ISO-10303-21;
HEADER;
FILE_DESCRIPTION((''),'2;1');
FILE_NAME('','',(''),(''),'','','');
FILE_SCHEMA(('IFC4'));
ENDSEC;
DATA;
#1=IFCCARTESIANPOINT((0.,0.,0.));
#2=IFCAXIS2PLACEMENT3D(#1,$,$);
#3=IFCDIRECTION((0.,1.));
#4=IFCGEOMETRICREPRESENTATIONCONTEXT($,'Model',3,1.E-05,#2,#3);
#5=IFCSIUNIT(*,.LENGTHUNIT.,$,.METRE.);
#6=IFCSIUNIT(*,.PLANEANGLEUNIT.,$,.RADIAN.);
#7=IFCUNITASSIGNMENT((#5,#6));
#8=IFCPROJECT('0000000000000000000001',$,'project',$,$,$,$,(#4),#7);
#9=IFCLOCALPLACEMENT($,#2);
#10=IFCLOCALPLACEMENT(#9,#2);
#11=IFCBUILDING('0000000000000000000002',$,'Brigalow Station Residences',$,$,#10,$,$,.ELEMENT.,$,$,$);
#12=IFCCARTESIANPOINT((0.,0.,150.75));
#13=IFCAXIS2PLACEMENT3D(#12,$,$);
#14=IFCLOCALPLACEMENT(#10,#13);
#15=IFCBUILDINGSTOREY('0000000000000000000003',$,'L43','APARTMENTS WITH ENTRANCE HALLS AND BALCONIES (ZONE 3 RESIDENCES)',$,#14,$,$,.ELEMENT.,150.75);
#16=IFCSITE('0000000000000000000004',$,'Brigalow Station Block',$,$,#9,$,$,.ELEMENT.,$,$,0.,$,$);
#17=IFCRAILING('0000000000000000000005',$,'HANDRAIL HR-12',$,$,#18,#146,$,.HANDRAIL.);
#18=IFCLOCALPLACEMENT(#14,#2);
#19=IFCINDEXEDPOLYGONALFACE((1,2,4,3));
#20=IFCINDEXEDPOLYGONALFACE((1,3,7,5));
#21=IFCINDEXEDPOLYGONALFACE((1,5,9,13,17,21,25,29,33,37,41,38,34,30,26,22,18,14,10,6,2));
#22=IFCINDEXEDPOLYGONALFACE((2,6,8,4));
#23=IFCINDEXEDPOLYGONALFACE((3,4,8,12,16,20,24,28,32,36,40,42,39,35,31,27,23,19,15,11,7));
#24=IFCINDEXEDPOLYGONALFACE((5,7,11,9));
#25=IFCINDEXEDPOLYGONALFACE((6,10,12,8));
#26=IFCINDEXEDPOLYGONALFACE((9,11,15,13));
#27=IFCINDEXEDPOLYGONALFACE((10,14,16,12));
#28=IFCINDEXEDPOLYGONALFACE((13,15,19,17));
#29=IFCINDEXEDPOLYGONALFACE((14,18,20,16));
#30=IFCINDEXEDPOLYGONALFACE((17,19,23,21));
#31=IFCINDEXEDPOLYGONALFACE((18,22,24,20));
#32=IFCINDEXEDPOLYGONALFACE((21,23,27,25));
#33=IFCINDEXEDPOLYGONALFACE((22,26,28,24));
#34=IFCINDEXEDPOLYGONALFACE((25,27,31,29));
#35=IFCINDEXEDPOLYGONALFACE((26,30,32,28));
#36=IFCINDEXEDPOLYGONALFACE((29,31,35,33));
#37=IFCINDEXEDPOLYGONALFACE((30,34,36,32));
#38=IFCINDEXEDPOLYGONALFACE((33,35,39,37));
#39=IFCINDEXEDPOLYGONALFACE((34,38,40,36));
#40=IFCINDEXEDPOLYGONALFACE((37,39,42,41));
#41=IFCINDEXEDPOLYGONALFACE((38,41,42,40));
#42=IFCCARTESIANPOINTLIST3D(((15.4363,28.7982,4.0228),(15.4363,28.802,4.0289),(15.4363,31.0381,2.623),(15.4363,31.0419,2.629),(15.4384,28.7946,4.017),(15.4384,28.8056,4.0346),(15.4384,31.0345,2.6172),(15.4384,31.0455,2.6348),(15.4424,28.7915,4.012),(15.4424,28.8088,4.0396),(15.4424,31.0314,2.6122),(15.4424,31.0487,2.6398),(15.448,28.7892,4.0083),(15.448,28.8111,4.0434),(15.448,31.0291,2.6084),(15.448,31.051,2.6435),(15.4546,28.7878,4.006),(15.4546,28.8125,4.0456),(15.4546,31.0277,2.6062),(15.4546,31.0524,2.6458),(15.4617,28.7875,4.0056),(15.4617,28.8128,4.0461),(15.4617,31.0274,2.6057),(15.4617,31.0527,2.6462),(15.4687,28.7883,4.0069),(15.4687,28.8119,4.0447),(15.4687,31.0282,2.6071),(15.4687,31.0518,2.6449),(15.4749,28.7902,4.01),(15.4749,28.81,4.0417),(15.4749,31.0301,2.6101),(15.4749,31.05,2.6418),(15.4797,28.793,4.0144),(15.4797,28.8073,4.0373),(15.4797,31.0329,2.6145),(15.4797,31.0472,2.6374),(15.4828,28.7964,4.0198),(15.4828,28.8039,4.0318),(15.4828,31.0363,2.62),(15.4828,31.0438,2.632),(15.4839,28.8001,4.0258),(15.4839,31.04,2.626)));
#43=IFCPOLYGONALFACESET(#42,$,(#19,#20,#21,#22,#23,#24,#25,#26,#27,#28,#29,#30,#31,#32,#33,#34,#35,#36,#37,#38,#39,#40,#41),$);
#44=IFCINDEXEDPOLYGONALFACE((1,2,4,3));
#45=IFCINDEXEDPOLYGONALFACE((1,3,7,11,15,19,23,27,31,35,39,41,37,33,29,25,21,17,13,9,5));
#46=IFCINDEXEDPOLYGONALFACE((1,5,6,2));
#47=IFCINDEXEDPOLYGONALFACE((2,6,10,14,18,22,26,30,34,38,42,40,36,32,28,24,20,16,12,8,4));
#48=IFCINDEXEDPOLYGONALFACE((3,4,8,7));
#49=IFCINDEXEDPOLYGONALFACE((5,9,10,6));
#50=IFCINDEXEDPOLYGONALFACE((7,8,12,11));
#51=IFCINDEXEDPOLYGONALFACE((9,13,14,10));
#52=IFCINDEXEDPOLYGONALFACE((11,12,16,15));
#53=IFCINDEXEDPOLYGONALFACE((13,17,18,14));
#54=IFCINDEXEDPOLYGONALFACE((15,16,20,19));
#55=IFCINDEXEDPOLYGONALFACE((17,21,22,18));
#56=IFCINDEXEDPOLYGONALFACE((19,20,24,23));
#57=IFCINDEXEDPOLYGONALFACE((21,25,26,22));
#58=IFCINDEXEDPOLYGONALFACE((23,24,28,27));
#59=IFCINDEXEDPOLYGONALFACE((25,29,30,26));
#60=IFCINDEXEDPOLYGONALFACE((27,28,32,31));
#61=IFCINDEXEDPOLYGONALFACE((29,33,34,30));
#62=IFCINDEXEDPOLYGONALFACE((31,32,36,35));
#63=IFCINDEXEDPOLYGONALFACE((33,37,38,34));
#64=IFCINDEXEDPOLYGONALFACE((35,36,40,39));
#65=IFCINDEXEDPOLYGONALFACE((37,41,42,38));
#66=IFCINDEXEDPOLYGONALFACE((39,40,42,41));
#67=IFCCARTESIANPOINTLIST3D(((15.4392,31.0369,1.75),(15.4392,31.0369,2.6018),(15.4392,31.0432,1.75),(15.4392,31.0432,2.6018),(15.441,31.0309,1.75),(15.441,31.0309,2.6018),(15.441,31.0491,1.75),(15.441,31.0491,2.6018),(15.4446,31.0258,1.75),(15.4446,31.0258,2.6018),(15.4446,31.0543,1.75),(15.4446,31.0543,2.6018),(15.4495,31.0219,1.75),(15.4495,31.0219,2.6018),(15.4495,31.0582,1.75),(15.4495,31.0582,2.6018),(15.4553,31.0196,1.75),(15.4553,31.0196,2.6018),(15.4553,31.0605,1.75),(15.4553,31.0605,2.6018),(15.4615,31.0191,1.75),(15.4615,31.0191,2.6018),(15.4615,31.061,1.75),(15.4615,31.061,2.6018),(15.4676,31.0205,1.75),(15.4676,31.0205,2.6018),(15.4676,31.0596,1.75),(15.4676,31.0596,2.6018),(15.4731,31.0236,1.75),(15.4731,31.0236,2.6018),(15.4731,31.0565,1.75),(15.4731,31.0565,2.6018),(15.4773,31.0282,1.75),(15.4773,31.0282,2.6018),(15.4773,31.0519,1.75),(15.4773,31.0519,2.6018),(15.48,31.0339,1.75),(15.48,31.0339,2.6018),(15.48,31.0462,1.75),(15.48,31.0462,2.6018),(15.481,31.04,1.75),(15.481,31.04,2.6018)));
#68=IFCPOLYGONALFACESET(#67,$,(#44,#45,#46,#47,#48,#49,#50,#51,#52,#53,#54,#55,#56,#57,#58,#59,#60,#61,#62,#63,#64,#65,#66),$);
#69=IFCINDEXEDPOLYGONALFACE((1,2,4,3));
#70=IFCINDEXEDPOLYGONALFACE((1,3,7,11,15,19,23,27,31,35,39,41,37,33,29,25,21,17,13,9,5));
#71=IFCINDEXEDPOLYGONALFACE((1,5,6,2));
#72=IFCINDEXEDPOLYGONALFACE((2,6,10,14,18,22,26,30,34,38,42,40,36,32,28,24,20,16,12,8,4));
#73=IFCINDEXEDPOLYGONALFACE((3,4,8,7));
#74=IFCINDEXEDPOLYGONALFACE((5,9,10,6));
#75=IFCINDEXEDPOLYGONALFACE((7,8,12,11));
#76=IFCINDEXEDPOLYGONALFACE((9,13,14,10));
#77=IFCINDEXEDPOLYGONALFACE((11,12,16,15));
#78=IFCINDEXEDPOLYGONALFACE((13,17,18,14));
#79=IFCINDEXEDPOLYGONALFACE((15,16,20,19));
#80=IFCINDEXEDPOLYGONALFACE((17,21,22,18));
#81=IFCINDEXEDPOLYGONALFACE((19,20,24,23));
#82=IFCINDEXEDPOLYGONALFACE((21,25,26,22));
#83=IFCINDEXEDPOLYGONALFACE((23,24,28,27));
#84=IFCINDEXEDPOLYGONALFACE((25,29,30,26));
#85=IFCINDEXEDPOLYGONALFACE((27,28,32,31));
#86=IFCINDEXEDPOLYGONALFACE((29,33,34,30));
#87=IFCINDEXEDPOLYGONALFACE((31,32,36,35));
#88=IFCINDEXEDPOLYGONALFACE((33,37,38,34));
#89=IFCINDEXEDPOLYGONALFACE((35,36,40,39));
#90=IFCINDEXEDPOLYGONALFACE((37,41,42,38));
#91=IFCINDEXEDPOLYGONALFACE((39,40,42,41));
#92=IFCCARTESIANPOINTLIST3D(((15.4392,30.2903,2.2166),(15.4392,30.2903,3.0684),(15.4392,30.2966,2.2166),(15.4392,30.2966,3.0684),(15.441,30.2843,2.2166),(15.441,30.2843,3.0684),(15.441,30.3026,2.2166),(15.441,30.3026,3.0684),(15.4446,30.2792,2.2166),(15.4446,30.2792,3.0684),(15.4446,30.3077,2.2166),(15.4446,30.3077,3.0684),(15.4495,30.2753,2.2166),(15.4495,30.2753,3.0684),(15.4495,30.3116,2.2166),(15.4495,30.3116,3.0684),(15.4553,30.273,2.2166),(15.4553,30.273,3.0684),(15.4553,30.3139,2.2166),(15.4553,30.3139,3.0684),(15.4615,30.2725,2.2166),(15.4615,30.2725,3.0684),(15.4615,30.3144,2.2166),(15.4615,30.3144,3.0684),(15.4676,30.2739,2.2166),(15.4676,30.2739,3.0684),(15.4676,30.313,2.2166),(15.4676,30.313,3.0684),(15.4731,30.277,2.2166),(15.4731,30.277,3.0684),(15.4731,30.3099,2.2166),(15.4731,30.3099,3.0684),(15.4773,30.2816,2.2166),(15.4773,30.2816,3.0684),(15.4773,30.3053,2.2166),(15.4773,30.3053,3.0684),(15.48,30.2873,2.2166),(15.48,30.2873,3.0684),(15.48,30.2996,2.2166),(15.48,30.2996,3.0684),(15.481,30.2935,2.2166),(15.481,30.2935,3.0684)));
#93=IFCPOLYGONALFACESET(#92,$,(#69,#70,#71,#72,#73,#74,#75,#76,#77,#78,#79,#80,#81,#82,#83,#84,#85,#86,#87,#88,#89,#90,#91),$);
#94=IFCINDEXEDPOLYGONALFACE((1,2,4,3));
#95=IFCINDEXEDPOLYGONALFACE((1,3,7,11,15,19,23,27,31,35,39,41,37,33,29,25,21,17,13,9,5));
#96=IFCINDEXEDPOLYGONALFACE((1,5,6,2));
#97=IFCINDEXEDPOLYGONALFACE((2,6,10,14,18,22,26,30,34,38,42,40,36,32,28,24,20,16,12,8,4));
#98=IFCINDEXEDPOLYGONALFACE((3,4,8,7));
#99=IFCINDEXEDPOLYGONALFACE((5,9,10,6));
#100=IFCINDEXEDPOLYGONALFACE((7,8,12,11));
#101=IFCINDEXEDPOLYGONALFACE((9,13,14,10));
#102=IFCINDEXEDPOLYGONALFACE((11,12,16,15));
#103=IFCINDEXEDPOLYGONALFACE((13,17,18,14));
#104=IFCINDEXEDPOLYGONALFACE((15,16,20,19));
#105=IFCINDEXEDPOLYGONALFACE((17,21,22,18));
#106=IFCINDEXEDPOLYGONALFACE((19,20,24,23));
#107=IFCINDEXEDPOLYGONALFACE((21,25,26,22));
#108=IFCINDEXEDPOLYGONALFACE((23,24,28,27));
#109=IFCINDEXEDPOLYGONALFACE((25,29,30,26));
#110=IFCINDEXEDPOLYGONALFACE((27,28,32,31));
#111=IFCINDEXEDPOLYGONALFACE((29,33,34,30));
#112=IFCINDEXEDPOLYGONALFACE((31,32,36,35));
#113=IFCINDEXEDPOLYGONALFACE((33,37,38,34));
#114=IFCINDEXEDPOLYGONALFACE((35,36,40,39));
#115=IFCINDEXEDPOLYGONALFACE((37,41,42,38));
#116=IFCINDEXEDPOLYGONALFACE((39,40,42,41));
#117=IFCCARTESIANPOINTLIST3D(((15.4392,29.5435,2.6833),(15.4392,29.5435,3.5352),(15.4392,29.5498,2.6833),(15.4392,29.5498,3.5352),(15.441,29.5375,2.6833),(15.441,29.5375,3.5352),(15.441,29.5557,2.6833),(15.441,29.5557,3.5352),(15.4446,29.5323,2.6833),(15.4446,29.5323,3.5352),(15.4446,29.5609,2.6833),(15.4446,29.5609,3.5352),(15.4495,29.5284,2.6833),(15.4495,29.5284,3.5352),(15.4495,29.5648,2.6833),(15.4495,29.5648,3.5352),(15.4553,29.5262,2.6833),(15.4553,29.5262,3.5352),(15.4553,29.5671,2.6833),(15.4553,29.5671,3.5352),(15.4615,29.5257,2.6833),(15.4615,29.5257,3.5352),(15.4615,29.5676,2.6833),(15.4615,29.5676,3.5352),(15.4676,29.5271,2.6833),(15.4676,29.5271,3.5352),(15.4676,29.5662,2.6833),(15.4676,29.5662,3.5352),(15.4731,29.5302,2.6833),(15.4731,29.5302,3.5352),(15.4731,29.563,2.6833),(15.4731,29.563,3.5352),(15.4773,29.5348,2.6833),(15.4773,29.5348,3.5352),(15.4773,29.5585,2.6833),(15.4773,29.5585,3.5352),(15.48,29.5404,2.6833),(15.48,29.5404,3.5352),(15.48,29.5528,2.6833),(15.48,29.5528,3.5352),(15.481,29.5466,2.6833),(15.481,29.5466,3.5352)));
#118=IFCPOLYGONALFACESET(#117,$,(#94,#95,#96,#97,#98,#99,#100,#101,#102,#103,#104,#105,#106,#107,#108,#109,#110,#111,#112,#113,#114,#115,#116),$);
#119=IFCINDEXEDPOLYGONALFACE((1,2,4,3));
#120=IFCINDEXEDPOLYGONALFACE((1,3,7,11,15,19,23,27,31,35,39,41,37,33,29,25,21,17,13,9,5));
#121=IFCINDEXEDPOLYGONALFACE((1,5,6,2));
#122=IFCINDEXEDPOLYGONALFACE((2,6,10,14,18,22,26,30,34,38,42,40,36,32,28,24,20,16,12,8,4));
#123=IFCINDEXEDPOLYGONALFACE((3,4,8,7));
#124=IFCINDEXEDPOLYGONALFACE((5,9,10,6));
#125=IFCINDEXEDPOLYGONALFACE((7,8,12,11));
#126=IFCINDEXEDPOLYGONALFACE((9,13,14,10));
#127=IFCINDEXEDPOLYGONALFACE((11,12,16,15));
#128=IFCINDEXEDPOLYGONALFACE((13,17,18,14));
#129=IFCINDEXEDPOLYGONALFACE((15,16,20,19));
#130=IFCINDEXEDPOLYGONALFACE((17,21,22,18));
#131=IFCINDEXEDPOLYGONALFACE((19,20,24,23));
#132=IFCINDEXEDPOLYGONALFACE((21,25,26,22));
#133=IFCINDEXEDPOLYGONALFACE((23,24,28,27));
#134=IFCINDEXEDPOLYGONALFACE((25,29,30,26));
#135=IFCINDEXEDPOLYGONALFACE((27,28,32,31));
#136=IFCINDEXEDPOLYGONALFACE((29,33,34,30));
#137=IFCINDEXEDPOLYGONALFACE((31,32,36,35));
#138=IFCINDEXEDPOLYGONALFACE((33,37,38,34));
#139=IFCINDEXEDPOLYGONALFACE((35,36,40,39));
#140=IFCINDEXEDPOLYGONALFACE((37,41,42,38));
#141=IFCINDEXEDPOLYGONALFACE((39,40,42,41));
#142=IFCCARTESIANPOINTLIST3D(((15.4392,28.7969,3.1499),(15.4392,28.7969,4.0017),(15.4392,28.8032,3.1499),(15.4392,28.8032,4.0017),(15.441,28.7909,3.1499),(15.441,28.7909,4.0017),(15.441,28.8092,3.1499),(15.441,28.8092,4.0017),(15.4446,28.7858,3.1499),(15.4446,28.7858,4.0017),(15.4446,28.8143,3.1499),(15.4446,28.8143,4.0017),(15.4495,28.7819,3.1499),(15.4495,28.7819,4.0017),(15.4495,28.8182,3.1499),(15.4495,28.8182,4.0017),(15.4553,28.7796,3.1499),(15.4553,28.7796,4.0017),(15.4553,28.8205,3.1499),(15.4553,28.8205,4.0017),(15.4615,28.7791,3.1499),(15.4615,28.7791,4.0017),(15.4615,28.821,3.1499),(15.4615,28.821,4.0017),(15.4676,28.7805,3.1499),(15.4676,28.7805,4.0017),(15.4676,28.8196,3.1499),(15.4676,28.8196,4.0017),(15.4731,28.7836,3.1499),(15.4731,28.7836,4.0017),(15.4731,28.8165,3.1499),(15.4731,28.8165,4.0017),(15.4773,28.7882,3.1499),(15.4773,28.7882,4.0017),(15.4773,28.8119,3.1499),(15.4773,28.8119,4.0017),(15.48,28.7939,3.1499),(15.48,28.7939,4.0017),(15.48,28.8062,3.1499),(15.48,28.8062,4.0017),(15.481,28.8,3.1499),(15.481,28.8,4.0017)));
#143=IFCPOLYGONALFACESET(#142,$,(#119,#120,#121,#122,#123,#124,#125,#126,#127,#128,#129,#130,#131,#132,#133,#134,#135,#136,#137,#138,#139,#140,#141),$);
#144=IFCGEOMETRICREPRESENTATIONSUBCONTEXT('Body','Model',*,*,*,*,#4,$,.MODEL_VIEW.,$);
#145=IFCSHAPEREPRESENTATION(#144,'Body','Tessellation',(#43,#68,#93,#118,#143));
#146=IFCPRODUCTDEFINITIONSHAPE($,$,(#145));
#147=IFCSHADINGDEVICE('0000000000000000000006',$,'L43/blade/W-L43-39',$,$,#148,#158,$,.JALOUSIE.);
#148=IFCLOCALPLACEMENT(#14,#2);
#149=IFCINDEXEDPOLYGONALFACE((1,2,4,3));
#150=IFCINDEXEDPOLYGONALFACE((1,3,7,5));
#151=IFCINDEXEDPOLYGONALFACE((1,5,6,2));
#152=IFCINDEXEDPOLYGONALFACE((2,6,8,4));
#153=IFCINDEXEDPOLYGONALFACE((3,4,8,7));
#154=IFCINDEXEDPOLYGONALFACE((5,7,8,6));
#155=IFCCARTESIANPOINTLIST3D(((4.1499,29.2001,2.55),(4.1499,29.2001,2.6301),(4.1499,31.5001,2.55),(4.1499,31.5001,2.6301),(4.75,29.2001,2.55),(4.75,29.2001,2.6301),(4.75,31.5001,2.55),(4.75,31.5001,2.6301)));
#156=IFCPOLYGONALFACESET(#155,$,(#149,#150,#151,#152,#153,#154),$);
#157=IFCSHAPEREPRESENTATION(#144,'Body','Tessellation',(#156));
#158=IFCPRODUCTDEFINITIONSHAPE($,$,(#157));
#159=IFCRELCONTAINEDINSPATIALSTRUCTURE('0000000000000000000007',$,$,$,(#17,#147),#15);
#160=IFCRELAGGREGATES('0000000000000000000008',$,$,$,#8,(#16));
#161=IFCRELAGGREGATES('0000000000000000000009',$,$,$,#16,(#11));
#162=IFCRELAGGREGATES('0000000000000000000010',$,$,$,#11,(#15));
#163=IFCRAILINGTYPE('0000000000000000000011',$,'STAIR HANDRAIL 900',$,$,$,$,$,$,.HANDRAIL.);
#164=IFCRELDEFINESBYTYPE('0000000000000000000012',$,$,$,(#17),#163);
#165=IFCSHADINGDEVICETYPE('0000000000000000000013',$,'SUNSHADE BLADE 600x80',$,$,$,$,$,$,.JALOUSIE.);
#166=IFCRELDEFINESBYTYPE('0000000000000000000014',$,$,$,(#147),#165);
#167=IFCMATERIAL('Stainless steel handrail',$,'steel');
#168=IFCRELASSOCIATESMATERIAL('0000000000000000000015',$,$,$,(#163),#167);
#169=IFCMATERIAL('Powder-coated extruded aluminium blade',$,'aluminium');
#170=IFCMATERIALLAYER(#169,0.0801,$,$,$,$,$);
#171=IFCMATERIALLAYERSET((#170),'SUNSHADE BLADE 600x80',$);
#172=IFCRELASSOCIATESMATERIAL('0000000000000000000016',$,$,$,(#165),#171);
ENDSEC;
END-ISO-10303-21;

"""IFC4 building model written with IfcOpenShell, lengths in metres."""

from ifc_helpers import new_model, si_unit, direction, frame, origin, origin_2d, place, context, subcontext, project, spatial, rectangle, circle, extrude, material, layer, layer_set, type_object, element, save


model = new_model("IFC4")

# Units and contexts
model_context = context("Model", 3, precision=1e-05, world=origin(), true_north=direction((0.0, 1.0)))
body_context = subcontext(model_context, "Body", "Model", "MODEL_VIEW")
ifc_project = project(units=[si_unit("LENGTHUNIT", "METRE"), si_unit("PLANEANGLEUNIT", "RADIAN")], contexts=[model_context])

# Site, building, storey
site_placement = place(None, origin())
site = spatial("IfcSite", under=ifc_project, at=site_placement, Name="Brigalow Station Block", CompositionType="ELEMENT", RefElevation=0.0)
building_placement = place(site_placement, origin())
building = spatial("IfcBuilding", under=site, at=building_placement, Name="Brigalow Station Residences", CompositionType="ELEMENT")
storey_placement = place(building_placement, frame((0.0, 0.0, 150.75)))
storey = spatial("IfcBuildingStorey", under=building, at=storey_placement, Name="L43", Description="APARTMENTS WITH ENTRANCE HALLS AND BALCONIES (ZONE 3 RESIDENCES)", CompositionType="ELEMENT", Elevation=150.75)

# Railing
ifc_material_1 = material(Name="Stainless steel handrail", Category="steel")
railing_type_1 = type_object("IfcRailingType", Name="STAIR HANDRAIL 900", PredefinedType="HANDRAIL", material=ifc_material_1)
railing_1_placement = place(storey_placement, frame((15.46, 31.04, 1.75)))
element("IfcRailing", 1, at=railing_1_placement, inside=storey, type_object=railing_type_1, Name="HANDRAIL HR-12", PredefinedType="HANDRAIL", context=body_context, shape_type="SweptSolid", body=[
    extrude(circle(Radius=0.0239, at=origin_2d()), frame((0.0, 0.0, 0.876), z_axis=(0.0, -0.848014, 0.529974), x_axis=(1.0, 0.0, 0.0)), (0.0, 0.0, 1.0), 2.6414),
    extrude(circle(Radius=0.021, at=origin_2d()), origin(), (0.0, 0.0, 1.0), 0.8518),
    extrude(circle(Radius=0.021, at=origin_2d()), frame((0.0, -0.7466, 0.4666)), (0.0, 0.0, 1.0), 0.8518),
    extrude(circle(Radius=0.021, at=origin_2d()), frame((0.0, -1.4934, 0.9333)), (0.0, 0.0, 1.0), 0.8518),
    extrude(circle(Radius=0.021, at=origin_2d()), frame((0.0, -2.24, 1.3999)), (0.0, 0.0, 1.0), 0.8518),
])

# Shading device
ifc_material_2 = material(Name="Powder-coated extruded aluminium blade", Category="aluminium")
ifc_layer_1 = layer(ifc_material_2, 0.0801)
ifc_layer_set_1 = layer_set([ifc_layer_1], Name="SUNSHADE BLADE 600x80")
shading_device_type = type_object("IfcShadingDeviceType", Name="SUNSHADE BLADE 600x80", PredefinedType="JALOUSIE", material=ifc_layer_set_1)
shading_device_placement = place(storey_placement, frame((4.45, 30.3501, 2.55), z_axis=(0.0, 0.0, 1.0), x_axis=(0.0, -1.0, 0.0)))
element("IfcShadingDevice", 2, at=shading_device_placement, inside=storey, type_object=shading_device_type, Name="L43/blade/W-L43-39", PredefinedType="JALOUSIE", context=body_context, shape_type="SweptSolid", body=[
    extrude(rectangle(XDim=2.3, YDim=0.6001, at=origin_2d()), origin(), (0.0, 0.0, 1.0), 0.0801),
])

save(model, "model.ifc")
